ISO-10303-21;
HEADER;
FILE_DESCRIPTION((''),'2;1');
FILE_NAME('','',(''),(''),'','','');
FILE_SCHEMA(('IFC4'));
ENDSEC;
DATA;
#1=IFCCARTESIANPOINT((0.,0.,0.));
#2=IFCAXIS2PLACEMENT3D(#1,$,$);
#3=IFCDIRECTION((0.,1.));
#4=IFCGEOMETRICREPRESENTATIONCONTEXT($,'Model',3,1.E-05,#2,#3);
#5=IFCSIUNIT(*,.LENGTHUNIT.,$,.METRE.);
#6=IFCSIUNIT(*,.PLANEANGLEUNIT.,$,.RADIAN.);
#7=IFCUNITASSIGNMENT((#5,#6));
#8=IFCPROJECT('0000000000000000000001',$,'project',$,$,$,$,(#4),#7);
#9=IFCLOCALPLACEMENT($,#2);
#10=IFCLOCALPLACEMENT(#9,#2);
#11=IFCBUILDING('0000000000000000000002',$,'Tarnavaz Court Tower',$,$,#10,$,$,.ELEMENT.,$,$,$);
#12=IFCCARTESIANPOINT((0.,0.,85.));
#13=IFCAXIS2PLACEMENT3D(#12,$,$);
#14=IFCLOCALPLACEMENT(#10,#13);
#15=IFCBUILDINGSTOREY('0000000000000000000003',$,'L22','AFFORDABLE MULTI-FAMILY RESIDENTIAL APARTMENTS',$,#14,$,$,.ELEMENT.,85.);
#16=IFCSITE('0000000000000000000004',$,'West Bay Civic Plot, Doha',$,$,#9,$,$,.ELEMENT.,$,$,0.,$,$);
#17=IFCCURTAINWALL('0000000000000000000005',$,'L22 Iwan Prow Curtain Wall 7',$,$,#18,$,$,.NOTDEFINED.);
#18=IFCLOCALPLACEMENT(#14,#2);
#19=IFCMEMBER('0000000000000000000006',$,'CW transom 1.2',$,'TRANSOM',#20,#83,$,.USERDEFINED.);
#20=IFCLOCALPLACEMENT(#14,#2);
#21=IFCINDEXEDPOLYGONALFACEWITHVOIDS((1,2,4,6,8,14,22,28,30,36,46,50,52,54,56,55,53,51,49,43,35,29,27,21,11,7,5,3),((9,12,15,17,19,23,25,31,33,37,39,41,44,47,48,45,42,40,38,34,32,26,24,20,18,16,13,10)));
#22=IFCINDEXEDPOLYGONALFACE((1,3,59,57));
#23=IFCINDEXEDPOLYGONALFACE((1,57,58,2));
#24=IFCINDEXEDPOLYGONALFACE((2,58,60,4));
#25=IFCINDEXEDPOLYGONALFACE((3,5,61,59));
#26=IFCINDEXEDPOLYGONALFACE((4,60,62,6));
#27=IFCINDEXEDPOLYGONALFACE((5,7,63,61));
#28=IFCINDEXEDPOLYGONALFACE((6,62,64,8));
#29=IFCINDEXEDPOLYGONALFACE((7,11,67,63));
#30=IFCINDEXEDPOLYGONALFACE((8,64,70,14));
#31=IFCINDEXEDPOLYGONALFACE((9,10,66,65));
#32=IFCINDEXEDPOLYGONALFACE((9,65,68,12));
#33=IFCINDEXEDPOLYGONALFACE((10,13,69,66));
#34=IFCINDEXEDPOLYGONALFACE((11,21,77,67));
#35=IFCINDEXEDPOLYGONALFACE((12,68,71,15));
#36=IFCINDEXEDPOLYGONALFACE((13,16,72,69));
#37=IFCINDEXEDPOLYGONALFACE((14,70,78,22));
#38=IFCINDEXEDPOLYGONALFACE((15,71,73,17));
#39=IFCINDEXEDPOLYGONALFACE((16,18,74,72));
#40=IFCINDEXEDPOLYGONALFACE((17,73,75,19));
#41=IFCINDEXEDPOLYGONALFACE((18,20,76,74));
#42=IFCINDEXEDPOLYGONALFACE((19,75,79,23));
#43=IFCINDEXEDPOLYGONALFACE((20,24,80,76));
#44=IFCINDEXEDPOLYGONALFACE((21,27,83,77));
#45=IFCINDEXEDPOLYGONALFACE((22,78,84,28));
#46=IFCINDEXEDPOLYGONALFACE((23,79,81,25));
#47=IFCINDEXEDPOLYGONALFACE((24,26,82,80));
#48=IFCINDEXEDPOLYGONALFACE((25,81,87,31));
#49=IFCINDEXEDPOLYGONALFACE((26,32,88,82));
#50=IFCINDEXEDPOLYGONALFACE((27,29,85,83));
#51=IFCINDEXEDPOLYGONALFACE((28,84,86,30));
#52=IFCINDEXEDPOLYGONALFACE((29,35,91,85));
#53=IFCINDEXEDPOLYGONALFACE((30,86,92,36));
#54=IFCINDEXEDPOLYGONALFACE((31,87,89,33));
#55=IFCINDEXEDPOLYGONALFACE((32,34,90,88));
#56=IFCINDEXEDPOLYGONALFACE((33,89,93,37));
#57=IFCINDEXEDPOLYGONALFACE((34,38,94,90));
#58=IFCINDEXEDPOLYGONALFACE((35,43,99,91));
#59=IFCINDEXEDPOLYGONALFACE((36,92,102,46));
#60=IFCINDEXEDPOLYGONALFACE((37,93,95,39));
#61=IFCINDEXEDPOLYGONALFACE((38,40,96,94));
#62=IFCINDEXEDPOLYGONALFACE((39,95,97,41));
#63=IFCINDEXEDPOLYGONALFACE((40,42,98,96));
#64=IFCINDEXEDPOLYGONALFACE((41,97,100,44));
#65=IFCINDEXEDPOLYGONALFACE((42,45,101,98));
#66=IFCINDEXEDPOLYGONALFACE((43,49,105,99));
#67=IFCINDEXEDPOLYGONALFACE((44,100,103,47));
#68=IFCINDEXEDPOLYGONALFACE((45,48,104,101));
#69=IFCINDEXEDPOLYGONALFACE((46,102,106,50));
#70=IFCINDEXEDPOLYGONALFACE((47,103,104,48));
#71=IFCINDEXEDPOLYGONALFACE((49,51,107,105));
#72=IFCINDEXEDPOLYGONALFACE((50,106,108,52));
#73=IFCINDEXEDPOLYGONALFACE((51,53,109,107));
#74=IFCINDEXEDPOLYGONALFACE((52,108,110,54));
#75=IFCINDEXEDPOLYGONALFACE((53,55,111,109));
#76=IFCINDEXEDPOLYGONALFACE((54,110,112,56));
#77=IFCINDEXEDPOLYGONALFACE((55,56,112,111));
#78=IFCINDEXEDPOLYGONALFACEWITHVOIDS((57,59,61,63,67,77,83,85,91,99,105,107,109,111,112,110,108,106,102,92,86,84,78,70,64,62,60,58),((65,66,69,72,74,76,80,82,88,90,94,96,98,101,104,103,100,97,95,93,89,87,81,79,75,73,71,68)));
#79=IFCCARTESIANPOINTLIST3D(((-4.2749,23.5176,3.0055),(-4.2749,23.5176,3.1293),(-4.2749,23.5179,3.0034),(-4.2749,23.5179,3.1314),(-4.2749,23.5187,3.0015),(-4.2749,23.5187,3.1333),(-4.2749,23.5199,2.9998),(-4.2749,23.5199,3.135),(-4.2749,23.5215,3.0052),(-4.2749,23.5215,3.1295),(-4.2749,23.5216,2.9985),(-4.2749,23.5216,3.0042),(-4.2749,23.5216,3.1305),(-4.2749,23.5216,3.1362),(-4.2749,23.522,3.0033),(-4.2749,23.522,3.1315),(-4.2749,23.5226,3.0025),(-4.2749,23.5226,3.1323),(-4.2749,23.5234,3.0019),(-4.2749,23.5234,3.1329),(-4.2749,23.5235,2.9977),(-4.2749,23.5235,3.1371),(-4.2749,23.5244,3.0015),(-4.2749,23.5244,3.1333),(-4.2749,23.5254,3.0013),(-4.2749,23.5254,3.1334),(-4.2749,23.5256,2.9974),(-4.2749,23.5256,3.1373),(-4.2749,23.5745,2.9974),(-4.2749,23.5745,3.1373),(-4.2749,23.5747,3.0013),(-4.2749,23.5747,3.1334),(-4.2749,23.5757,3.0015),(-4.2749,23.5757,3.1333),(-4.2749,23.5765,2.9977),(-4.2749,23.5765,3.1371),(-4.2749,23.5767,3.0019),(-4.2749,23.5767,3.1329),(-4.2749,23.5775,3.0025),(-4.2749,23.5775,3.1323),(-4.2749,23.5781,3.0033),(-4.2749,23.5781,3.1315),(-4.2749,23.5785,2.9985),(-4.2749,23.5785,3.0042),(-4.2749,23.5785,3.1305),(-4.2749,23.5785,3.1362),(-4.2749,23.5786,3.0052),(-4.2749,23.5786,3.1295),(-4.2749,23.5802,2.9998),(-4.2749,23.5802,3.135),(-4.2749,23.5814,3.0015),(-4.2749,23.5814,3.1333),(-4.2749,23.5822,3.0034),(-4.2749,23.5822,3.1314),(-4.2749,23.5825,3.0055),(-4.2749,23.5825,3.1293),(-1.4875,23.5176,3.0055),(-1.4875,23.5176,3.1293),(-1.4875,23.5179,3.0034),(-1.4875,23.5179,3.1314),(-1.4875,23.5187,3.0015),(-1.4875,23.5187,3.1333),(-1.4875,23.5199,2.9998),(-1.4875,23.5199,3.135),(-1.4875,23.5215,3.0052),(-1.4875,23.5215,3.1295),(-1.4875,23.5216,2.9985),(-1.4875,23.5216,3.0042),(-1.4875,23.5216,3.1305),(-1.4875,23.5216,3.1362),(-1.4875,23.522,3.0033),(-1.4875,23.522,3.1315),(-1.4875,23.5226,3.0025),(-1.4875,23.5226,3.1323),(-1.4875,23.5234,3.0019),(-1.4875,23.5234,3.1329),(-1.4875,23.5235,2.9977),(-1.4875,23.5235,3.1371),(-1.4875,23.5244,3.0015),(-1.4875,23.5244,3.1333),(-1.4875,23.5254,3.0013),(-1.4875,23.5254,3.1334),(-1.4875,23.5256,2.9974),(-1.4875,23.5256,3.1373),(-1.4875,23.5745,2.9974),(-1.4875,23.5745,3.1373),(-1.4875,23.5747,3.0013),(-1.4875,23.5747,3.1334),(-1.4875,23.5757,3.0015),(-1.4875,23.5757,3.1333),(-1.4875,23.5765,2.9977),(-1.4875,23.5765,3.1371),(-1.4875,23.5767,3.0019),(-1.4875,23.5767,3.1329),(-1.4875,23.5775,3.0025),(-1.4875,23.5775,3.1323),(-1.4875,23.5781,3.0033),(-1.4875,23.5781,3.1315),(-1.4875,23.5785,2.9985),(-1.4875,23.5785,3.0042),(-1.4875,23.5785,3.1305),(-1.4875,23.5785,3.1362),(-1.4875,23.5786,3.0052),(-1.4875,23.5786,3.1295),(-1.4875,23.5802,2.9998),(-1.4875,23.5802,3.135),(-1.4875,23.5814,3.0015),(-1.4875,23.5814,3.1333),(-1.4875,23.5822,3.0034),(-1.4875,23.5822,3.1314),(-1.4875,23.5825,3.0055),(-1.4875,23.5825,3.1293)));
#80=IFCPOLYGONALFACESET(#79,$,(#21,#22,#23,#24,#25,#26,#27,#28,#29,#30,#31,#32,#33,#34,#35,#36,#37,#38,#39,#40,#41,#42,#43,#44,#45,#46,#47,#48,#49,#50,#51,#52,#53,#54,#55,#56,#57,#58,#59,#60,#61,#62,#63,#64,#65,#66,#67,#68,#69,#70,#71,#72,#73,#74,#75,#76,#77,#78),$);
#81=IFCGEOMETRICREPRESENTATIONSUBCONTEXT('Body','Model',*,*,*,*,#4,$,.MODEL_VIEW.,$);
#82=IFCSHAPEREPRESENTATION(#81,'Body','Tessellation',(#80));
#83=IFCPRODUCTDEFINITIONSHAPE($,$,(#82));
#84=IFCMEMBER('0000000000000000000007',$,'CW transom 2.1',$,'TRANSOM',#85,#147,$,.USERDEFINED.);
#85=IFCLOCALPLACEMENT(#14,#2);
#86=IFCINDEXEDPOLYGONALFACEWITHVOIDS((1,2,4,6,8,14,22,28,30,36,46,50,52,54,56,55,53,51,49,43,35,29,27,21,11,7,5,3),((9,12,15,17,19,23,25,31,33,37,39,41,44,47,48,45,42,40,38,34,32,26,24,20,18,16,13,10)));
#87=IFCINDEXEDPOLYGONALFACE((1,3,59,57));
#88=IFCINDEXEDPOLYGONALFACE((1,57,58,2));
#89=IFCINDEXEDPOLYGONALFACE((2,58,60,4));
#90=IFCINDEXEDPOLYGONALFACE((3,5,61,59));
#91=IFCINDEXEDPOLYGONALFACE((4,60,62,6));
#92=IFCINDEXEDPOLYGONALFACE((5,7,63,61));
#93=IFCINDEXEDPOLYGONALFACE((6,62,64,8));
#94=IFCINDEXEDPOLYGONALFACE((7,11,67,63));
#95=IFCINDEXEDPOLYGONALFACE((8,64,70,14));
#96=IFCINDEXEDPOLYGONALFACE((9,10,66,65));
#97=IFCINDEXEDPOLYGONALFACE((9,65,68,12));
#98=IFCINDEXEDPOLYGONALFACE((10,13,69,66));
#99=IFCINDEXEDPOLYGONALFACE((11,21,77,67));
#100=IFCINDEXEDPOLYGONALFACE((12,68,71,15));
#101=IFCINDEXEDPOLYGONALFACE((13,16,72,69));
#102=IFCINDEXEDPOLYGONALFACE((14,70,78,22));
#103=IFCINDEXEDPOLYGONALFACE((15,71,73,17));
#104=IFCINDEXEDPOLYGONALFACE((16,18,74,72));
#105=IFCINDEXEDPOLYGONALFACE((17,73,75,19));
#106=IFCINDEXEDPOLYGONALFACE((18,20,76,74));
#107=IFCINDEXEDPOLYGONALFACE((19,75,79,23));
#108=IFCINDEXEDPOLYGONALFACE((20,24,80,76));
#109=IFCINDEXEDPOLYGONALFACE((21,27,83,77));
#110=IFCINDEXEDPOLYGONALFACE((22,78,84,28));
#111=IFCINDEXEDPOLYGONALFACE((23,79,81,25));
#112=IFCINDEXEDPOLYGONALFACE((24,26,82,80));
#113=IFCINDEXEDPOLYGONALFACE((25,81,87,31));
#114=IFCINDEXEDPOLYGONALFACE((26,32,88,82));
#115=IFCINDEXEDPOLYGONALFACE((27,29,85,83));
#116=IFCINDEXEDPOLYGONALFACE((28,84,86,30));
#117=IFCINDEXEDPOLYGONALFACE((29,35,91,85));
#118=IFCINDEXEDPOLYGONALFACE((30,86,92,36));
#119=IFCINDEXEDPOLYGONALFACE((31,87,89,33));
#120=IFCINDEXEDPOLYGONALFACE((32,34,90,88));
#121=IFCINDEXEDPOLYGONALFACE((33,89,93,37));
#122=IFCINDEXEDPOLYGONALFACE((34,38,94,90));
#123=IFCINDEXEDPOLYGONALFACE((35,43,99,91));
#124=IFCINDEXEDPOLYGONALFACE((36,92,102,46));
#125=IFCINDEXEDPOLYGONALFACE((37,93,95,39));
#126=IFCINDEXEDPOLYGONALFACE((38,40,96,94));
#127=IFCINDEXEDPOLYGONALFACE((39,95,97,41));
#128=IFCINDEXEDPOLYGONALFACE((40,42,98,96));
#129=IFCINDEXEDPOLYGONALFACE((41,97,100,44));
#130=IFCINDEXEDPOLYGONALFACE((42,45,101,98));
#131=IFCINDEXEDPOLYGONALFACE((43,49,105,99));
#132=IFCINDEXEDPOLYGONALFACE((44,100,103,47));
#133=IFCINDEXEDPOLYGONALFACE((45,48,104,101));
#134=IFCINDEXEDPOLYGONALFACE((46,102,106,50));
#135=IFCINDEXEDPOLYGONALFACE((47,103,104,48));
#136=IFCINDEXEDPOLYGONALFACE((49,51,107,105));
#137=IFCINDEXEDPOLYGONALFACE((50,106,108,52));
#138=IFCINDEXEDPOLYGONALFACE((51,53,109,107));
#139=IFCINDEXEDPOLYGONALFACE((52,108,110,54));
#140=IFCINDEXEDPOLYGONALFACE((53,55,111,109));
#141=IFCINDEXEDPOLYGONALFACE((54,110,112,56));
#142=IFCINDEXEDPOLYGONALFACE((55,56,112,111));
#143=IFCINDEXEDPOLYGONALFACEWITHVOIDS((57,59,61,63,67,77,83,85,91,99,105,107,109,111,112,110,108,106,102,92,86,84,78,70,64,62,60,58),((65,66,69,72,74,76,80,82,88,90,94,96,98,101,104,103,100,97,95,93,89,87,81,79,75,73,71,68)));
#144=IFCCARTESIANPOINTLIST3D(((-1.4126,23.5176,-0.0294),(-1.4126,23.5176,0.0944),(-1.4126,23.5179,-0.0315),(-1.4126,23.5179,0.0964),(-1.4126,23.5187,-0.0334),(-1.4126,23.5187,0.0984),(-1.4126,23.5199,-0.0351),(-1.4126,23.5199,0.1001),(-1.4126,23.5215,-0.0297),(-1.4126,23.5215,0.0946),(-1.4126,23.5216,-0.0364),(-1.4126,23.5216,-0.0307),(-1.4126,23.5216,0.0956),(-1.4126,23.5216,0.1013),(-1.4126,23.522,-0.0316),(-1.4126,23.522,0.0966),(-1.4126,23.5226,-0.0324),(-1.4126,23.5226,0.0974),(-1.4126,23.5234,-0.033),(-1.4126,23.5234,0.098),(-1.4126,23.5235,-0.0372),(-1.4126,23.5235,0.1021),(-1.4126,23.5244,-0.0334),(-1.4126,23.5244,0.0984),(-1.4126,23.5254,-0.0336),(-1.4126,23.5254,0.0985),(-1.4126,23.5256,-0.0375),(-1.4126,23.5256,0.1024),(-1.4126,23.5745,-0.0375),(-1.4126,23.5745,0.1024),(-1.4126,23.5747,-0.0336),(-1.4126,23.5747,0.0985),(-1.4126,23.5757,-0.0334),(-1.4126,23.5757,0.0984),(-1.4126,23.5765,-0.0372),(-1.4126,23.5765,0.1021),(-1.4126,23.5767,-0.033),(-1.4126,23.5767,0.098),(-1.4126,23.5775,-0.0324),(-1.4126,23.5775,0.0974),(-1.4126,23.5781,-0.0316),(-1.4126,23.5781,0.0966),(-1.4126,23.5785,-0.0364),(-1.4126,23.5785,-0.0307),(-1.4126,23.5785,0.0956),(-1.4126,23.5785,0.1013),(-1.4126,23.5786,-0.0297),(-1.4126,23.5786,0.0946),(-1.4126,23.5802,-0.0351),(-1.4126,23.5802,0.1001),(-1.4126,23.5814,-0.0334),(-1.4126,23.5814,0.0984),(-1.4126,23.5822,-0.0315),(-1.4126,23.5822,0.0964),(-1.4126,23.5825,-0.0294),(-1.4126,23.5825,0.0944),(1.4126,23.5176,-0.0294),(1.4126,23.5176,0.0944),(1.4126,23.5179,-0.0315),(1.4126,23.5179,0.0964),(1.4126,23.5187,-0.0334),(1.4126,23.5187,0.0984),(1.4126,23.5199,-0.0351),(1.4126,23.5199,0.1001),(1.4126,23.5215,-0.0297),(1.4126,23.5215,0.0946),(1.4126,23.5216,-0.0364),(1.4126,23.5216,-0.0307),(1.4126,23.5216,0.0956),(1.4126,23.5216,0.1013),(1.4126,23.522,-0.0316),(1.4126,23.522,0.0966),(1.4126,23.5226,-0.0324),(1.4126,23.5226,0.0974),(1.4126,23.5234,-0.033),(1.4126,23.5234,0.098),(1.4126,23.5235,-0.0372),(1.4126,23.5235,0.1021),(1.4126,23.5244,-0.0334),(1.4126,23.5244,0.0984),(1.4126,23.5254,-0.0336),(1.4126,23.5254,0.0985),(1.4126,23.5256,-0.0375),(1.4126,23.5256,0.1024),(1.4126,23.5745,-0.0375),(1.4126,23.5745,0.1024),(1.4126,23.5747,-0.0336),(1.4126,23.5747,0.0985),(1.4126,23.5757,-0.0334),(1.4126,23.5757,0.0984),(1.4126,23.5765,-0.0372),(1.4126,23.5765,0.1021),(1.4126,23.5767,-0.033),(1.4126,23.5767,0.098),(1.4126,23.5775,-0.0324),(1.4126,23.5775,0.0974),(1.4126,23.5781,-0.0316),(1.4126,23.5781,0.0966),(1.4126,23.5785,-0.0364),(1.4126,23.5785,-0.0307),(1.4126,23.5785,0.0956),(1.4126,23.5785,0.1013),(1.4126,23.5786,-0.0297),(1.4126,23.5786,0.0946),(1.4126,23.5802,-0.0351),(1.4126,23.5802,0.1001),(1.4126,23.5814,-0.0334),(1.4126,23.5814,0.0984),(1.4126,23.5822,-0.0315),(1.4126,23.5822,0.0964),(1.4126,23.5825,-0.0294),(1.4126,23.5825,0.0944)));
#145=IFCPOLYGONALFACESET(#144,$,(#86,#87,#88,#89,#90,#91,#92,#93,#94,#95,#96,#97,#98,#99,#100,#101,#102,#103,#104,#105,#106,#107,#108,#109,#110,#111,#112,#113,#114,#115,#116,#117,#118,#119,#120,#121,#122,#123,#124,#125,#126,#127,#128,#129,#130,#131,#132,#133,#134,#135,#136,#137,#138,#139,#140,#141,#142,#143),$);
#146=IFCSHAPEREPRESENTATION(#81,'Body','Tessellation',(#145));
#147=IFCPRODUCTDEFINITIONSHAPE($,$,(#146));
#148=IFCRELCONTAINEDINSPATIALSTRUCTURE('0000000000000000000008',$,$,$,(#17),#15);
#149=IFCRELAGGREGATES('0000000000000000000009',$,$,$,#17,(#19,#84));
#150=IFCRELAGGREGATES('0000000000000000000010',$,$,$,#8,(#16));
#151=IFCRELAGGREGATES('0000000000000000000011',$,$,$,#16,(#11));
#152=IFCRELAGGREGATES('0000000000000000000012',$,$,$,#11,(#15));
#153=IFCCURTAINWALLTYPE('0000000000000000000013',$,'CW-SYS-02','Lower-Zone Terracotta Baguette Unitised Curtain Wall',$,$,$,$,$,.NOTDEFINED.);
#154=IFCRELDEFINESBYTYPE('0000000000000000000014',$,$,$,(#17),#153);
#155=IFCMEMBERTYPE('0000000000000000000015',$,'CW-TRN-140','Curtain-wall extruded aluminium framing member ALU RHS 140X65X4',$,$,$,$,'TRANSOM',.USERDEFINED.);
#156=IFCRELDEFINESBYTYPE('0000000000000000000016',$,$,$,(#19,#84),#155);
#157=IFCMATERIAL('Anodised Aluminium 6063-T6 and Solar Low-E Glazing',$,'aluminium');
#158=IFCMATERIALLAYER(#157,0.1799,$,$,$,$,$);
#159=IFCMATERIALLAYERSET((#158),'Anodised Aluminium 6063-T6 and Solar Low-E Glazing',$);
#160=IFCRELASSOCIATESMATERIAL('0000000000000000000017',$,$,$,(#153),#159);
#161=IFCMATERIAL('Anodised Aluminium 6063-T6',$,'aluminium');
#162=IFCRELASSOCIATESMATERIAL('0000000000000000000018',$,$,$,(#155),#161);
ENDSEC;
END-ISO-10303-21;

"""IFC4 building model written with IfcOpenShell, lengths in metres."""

from ifc_helpers import new_model, si_unit, direction, frame, origin, origin_2d, place, context, subcontext, project, spatial, hollow_rectangle, extrude, material, layer, layer_set, material_profile, profile_set, type_object, element, aggregate, save


model = new_model("IFC4")

# Units and contexts
model_context = context("Model", 3, precision=1e-05, world=origin(), true_north=direction((0.0, 1.0)))
body_context = subcontext(model_context, "Body", "Model", "MODEL_VIEW")
ifc_project = project(units=[si_unit("LENGTHUNIT", "METRE"), si_unit("PLANEANGLEUNIT", "RADIAN")], contexts=[model_context])

# Site, building, storey
site_placement = place(None, origin())
site = spatial("IfcSite", under=ifc_project, at=site_placement, Name="West Bay Civic Plot, Doha", CompositionType="ELEMENT", RefElevation=0.0)
building_placement = place(site_placement, origin())
building = spatial("IfcBuilding", under=site, at=building_placement, Name="Tarnavaz Court Tower", CompositionType="ELEMENT")
storey_placement = place(building_placement, frame((0.0, 0.0, 85.0)))
storey = spatial("IfcBuildingStorey", under=building, at=storey_placement, Name="L22", Description="AFFORDABLE MULTI-FAMILY RESIDENTIAL APARTMENTS", CompositionType="ELEMENT", Elevation=85.0)

# Curtain wall, members
ifc_material_1 = material(Name="Anodised Aluminium 6063-T6 and Solar Low-E Glazing", Category="aluminium")
ifc_layer_1 = layer(ifc_material_1, 0.1799)
ifc_layer_set_1 = layer_set([ifc_layer_1], Name="Anodised Aluminium 6063-T6 and Solar Low-E Glazing")
curtain_wall_type = type_object("IfcCurtainWallType", Name="CW-SYS-02", Description="Lower-Zone Terracotta Baguette Unitised Curtain Wall", PredefinedType="NOTDEFINED", material=ifc_layer_set_1)
curtain_wall_placement = place(storey_placement, origin())
curtain_wall = element("IfcCurtainWall", 1, at=curtain_wall_placement, inside=storey, type_object=curtain_wall_type, Name="L22 Iwan Prow Curtain Wall 7", PredefinedType="NOTDEFINED")
ifc_material_2 = material(Name="Anodised Aluminium 6063-T6", Category="aluminium")
ifc_material_profile_1 = material_profile(ifc_material_2, hollow_rectangle(XDim=0.0649, YDim=0.1399, WallThickness=0.0039, InnerFilletRadius=0.0039, OuterFilletRadius=0.0081, at=origin_2d()), Name="ALU RHS 140X65X4")
ifc_profile_set_1 = profile_set([ifc_material_profile_1], Name="Anodised Aluminium 6063-T6")
member_type_1 = type_object("IfcMemberType", Name="CW-TRN-140", Description="Curtain-wall extruded aluminium framing member ALU RHS 140X65X4", ElementType="TRANSOM", PredefinedType="USERDEFINED", material=ifc_profile_set_1)
member_1_placement = place(storey_placement, frame((-4.2749, 23.55, 3.0674), z_axis=(1.0, 0.0, 0.0), x_axis=(0.0, 1.0, 0.0)))
member_1 = element("IfcMember", 2, at=member_1_placement, type_object=member_type_1, Name="CW transom 1.2", ObjectType="TRANSOM", PredefinedType="USERDEFINED", context=body_context, shape_type="SweptSolid", body=[
    extrude(hollow_rectangle(XDim=0.0649, YDim=0.1399, WallThickness=0.0039, InnerFilletRadius=0.0039, OuterFilletRadius=0.0081, at=origin_2d()), origin(), (0.0, 0.0, 1.0), 2.7874),
])
member_2_placement = place(storey_placement, frame((-1.4126, 23.55, 0.0325), z_axis=(1.0, 0.0, 0.0), x_axis=(0.0, 1.0, 0.0)))
member_2 = element("IfcMember", 3, at=member_2_placement, type_object=member_type_1, Name="CW transom 2.1", ObjectType="TRANSOM", PredefinedType="USERDEFINED", context=body_context, shape_type="SweptSolid", body=[
    extrude(hollow_rectangle(XDim=0.0649, YDim=0.1399, WallThickness=0.0039, InnerFilletRadius=0.0039, OuterFilletRadius=0.0081, at=origin_2d()), origin(), (0.0, 0.0, 1.0), 2.8252),
])
aggregate(curtain_wall, [member_1, member_2])

save(model, "model.ifc")
